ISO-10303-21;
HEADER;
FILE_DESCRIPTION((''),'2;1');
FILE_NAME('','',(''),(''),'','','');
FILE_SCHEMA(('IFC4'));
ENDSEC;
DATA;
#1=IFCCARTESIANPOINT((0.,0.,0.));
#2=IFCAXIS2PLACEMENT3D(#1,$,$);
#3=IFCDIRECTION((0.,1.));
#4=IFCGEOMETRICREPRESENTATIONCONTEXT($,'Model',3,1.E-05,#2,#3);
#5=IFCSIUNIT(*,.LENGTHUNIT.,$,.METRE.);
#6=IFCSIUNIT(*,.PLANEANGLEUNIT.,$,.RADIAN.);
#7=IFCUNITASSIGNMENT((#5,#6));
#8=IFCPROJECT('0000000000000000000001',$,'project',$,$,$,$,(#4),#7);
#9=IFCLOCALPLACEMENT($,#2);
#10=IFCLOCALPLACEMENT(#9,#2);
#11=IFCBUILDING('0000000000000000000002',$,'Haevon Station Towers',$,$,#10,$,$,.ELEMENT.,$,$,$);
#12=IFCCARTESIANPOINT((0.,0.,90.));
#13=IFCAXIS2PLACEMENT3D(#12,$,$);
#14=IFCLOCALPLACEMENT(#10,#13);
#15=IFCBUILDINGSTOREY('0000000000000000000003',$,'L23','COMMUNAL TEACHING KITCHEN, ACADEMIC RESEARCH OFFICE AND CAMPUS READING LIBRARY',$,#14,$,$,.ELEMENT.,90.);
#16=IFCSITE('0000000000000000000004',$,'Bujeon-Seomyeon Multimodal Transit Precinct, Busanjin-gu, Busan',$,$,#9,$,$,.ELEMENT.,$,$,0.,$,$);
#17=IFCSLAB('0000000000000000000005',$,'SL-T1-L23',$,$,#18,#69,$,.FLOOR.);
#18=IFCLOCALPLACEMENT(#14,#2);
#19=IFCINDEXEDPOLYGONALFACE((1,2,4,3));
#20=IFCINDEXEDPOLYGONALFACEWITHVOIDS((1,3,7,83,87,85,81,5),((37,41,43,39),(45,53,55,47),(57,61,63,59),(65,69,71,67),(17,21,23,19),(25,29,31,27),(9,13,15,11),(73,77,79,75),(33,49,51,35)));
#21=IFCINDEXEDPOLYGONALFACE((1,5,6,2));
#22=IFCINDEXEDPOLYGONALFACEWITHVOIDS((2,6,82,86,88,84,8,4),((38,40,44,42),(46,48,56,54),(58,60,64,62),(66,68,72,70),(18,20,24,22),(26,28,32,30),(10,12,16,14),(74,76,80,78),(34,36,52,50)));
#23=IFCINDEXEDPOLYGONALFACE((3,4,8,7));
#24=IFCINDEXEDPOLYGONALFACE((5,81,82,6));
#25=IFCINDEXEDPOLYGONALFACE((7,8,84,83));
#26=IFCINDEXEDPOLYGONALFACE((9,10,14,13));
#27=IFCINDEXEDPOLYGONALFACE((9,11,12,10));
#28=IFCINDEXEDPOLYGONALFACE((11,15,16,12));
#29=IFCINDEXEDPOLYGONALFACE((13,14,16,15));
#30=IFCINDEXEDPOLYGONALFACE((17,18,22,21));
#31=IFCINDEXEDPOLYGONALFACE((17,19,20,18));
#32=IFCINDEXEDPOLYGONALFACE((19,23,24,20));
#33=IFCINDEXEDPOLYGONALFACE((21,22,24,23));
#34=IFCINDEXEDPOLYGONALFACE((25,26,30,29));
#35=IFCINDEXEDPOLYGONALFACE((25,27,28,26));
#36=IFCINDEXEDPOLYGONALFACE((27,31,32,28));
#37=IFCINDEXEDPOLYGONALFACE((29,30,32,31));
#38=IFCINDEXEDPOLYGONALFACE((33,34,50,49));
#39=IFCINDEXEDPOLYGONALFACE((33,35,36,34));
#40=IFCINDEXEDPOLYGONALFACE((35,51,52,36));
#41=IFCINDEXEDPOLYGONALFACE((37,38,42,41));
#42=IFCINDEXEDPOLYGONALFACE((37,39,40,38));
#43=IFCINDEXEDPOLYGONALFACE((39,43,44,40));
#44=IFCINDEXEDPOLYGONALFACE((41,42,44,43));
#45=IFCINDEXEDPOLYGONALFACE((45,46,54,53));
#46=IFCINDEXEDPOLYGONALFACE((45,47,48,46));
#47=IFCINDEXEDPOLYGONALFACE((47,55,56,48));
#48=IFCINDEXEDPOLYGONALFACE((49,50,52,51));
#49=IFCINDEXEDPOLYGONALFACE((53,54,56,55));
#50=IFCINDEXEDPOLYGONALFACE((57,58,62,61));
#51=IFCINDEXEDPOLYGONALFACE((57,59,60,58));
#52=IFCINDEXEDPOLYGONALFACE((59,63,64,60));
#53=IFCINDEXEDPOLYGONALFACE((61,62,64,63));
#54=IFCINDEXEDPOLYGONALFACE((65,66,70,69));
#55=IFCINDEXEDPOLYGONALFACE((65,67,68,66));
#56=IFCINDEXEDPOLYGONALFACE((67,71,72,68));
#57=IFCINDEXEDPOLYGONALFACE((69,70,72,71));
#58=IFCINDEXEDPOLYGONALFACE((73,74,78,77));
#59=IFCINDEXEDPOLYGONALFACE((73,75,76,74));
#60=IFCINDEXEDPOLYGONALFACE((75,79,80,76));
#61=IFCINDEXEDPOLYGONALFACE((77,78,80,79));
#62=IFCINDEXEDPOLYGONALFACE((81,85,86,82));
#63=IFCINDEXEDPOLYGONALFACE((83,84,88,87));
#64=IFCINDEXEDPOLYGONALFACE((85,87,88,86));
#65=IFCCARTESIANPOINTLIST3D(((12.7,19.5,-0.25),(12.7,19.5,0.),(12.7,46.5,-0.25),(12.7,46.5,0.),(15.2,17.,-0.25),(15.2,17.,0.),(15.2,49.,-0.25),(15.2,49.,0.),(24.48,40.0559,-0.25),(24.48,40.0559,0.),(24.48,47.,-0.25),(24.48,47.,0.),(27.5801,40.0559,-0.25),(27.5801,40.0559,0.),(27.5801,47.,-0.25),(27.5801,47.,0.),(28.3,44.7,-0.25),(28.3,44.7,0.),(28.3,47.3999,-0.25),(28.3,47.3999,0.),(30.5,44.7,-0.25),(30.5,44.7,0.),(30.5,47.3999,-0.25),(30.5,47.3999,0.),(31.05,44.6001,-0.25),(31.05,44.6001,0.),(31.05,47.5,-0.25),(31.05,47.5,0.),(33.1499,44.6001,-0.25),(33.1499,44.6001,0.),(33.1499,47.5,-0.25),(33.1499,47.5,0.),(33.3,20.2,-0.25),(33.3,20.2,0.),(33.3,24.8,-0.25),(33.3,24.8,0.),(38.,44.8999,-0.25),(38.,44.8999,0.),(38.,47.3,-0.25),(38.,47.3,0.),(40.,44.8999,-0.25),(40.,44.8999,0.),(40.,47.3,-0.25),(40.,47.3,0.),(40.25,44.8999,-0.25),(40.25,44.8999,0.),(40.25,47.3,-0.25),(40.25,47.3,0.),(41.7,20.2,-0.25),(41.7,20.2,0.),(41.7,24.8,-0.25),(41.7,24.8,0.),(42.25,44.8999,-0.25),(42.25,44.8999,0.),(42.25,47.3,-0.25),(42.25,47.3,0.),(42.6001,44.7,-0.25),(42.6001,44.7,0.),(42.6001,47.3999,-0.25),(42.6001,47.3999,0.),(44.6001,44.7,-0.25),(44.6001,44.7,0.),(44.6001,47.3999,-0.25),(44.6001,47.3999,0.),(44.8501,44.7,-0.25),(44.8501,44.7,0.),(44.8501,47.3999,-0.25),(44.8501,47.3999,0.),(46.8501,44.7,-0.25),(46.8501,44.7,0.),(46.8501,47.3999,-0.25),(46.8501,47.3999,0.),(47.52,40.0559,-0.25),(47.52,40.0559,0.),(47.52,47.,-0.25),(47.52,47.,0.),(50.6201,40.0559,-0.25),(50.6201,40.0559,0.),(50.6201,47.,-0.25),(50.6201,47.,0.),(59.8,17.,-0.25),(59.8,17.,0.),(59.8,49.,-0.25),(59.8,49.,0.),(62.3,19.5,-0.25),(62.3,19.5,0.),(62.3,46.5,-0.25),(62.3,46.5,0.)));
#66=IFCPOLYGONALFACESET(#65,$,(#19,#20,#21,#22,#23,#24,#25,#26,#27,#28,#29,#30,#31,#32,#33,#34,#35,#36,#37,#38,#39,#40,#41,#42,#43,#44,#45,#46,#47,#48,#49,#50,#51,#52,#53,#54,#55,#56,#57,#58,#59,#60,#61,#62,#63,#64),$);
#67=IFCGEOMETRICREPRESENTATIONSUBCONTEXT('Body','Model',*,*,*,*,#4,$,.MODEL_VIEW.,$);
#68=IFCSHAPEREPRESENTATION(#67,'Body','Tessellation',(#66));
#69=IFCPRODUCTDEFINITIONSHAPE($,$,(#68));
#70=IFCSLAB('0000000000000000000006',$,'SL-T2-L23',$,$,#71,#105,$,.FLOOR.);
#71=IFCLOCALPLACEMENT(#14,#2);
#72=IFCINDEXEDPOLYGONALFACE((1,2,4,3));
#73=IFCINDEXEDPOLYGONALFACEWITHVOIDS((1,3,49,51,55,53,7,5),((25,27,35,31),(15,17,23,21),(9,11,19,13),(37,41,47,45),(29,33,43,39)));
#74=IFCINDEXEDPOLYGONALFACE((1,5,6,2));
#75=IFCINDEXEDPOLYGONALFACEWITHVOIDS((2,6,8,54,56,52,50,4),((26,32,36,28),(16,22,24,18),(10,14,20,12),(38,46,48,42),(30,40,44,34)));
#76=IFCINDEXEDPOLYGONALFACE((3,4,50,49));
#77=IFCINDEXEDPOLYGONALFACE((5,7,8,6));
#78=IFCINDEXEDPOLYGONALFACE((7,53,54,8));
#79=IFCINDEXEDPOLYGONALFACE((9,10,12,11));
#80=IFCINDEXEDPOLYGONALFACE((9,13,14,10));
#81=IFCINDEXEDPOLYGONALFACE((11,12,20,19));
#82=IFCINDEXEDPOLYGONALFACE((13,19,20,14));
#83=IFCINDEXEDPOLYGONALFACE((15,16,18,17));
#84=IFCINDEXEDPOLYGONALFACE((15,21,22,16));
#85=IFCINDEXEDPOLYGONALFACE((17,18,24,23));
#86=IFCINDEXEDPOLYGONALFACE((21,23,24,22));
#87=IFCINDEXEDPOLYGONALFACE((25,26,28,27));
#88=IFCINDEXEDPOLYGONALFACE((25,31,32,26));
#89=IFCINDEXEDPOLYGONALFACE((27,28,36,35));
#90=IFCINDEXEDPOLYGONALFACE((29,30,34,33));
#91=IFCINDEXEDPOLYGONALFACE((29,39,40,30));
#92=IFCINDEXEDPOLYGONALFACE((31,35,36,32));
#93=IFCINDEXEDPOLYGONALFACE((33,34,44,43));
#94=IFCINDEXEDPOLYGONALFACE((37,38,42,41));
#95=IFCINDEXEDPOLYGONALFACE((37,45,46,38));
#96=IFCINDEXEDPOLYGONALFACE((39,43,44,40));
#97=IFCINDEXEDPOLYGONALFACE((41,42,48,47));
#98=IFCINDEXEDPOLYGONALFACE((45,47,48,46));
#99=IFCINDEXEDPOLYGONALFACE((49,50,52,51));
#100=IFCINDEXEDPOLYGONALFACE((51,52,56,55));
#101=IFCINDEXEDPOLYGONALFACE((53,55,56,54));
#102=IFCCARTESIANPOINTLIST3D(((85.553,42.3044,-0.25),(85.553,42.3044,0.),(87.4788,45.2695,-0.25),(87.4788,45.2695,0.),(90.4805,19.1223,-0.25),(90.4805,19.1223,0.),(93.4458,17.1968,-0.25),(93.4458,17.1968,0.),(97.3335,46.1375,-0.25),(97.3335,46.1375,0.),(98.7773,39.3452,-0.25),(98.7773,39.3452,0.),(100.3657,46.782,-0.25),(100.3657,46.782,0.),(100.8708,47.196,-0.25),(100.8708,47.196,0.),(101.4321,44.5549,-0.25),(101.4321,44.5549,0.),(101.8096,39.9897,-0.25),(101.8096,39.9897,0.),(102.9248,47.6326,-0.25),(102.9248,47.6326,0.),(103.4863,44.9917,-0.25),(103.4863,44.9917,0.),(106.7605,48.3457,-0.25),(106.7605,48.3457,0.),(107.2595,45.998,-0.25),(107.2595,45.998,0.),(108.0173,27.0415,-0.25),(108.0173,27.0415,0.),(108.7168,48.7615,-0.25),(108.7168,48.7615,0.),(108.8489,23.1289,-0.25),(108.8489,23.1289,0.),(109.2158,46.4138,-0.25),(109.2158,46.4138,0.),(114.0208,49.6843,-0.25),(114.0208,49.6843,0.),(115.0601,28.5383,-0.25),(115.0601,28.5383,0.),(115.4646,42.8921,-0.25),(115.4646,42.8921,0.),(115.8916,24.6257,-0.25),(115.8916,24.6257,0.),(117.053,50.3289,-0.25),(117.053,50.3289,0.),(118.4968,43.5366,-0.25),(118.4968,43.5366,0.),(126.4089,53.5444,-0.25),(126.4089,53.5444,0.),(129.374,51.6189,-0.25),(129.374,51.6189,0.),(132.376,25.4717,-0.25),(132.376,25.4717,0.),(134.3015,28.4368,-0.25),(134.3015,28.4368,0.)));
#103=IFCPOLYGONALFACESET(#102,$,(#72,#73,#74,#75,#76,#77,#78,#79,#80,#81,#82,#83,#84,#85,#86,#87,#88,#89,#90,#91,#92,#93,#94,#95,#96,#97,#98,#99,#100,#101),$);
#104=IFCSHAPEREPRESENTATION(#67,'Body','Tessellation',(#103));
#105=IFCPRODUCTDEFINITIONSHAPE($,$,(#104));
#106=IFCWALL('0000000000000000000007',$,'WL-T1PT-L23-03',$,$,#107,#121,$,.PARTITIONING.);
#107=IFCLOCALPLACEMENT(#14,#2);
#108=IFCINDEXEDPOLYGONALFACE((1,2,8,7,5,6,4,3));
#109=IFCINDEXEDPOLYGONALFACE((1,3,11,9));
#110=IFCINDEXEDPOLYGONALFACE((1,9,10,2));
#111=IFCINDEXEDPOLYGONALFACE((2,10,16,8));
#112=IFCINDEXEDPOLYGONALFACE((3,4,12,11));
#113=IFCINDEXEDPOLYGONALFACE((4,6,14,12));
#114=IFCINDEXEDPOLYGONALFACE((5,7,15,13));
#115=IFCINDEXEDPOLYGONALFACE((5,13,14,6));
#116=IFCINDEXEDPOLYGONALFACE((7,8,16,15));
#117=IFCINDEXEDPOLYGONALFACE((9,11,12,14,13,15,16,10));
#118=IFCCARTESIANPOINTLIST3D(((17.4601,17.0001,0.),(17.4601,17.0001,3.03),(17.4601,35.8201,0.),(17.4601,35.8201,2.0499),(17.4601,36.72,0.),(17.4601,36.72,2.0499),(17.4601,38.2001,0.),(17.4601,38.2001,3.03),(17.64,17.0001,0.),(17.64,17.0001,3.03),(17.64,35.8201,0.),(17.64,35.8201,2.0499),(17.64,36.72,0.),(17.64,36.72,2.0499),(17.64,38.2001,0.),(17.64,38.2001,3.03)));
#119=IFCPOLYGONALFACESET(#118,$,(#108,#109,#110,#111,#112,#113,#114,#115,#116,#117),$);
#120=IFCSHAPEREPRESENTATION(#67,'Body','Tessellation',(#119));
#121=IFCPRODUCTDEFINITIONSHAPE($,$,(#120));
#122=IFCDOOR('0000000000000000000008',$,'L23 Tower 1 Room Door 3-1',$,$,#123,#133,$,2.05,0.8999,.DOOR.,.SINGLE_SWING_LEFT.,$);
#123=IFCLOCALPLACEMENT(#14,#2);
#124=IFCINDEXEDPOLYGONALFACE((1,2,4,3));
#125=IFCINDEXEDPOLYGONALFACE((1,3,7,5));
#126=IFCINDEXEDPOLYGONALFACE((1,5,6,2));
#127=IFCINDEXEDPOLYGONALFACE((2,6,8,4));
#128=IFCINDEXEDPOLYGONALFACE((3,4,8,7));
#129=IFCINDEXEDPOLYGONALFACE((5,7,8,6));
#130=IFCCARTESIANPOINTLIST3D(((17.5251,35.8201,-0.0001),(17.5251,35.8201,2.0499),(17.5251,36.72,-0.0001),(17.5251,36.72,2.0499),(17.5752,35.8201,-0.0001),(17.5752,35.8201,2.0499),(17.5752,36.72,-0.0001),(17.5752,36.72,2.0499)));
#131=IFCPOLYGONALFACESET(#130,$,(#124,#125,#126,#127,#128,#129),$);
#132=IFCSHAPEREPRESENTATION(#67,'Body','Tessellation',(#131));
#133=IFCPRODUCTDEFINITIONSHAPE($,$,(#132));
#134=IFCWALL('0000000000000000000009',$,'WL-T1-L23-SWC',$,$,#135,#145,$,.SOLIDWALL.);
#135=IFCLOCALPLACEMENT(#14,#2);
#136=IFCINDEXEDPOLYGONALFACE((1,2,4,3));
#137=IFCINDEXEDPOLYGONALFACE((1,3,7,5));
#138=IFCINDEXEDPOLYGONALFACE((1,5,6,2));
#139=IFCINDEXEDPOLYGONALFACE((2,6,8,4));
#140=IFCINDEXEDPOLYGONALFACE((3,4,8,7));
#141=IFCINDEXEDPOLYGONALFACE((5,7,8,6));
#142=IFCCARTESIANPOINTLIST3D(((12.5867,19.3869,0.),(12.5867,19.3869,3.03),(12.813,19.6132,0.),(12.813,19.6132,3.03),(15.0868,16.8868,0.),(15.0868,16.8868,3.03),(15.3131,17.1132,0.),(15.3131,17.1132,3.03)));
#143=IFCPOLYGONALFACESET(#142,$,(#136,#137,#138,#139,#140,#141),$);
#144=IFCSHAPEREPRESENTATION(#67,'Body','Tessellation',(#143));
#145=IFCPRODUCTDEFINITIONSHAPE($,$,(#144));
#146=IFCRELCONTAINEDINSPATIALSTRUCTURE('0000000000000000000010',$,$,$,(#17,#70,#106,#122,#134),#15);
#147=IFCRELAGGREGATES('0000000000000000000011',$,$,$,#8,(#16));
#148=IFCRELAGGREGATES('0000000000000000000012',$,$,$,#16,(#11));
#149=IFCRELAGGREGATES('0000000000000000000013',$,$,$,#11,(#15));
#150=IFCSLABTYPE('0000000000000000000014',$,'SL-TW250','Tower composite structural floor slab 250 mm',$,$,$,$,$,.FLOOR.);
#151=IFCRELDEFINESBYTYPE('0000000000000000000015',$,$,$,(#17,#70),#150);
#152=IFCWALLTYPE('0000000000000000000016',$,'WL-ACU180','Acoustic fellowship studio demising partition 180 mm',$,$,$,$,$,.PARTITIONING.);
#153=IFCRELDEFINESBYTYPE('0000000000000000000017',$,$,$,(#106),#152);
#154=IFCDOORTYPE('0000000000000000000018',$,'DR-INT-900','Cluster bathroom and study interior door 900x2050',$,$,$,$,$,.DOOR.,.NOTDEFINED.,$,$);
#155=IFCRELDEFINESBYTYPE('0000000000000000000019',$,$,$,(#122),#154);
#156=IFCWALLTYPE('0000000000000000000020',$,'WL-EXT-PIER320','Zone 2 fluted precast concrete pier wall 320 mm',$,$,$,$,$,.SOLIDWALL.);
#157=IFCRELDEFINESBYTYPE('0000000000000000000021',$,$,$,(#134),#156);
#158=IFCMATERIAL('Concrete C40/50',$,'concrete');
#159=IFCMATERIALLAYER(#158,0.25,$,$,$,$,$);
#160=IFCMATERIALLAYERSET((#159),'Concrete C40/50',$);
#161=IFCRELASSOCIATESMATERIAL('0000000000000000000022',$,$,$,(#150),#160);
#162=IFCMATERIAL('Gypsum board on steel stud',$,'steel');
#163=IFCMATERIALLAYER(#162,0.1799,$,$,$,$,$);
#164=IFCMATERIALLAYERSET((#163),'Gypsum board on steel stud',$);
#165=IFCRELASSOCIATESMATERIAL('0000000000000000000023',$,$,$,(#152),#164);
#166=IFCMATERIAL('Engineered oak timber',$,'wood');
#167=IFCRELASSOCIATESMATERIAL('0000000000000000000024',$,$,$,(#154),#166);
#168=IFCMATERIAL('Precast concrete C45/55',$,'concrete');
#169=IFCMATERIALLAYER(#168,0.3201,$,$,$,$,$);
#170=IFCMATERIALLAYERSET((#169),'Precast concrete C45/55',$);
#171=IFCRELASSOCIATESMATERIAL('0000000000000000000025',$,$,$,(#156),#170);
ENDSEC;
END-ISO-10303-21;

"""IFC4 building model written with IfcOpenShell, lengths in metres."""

from ifc_helpers import new_model, si_unit, direction, frame, frame_2d, origin, place, context, subcontext, project, spatial, polyline, rectangle, outline, extrude, material, layer, layer_set, type_object, element, fill, save


model = new_model("IFC4")

# Units and contexts
model_context = context("Model", 3, precision=1e-05, world=origin(), true_north=direction((0.0, 1.0)))
body_context = subcontext(model_context, "Body", "Model", "MODEL_VIEW")
ifc_project = project(units=[si_unit("LENGTHUNIT", "METRE"), si_unit("PLANEANGLEUNIT", "RADIAN")], contexts=[model_context])

# Site, building, storey
site_placement = place(None, origin())
site = spatial("IfcSite", under=ifc_project, at=site_placement, Name="Bujeon-Seomyeon Multimodal Transit Precinct, Busanjin-gu, Busan", CompositionType="ELEMENT", RefElevation=0.0)
building_placement = place(site_placement, origin())
building = spatial("IfcBuilding", under=site, at=building_placement, Name="Haevon Station Towers", CompositionType="ELEMENT")
storey_placement = place(building_placement, frame((0.0, 0.0, 90.0)))
storey = spatial("IfcBuildingStorey", under=building, at=storey_placement, Name="L23", Description="COMMUNAL TEACHING KITCHEN, ACADEMIC RESEARCH OFFICE AND CAMPUS READING LIBRARY", CompositionType="ELEMENT", Elevation=90.0)

# Shared definitions
ifc_material_1 = material(Name="Concrete C40/50", Category="concrete")

# Slabs
ifc_layer_1 = layer(ifc_material_1, 0.25)
ifc_layer_set_1 = layer_set([ifc_layer_1], Name="Concrete C40/50")
slab_type_1 = type_object("IfcSlabType", Name="SL-TW250", Description="Tower composite structural floor slab 250 mm", PredefinedType="FLOOR", material=ifc_layer_set_1)
slab_1_placement = place(storey_placement, frame((0.0, 0.0, -0.25)))
element("IfcSlab", 1, at=slab_1_placement, inside=storey, type_object=slab_type_1, Name="SL-T1-L23", PredefinedType="FLOOR", context=body_context, shape_type="SweptSolid", body=[
    extrude(outline(polyline([(15.2, 17.0), (59.8, 17.0), (62.3, 19.5), (62.3, 46.5), (59.8, 49.0), (15.2, 49.0), (12.7, 46.5), (12.7, 19.5), (15.2, 17.0)]), holes=[polyline([(27.5801, 40.0559), (27.5801, 47.0), (24.48, 47.0), (24.48, 40.0559), (27.5801, 40.0559)]), polyline([(50.6201, 40.0559), (50.6201, 47.0), (47.52, 47.0), (47.52, 40.0559), (50.6201, 40.0559)]), polyline([(28.3, 44.7), (30.5, 44.7), (30.5, 47.3999), (28.3, 47.3999), (28.3, 44.7)]), polyline([(31.05, 44.6001), (33.1499, 44.6001), (33.1499, 47.5), (31.05, 47.5), (31.05, 44.6001)]), polyline([(38.0, 44.8999), (40.0, 44.8999), (40.0, 47.3), (38.0, 47.3), (38.0, 44.8999)]), polyline([(40.25, 44.8999), (42.25, 44.8999), (42.25, 47.3), (40.25, 47.3), (40.25, 44.8999)]), polyline([(42.6001, 44.7), (44.6001, 44.7), (44.6001, 47.3999), (42.6001, 47.3999), (42.6001, 44.7)]), polyline([(44.8501, 44.7), (46.8501, 44.7), (46.8501, 47.3999), (44.8501, 47.3999), (44.8501, 44.7)]), polyline([(33.3, 20.2), (41.7, 20.2), (41.7, 24.8), (33.3, 24.8), (33.3, 20.2)])]), origin(), (0.0, 0.0, 1.0), 0.25),
])
slab_2_placement = place(storey_placement, frame((0.0, 0.0, -0.25)))
element("IfcSlab", 2, at=slab_2_placement, inside=storey, type_object=slab_type_1, Name="SL-T2-L23", PredefinedType="FLOOR", context=body_context, shape_type="SweptSolid", body=[
    extrude(outline(polyline([(93.4458, 17.1968), (132.376, 25.4717), (134.3015, 28.4368), (129.374, 51.6189), (126.4089, 53.5444), (87.4788, 45.2695), (85.553, 42.3044), (90.4805, 19.1223), (93.4458, 17.1968)]), holes=[polyline([(101.8096, 39.9897), (100.3657, 46.782), (97.3335, 46.1375), (98.7773, 39.3452), (101.8096, 39.9897)]), polyline([(118.4968, 43.5366), (117.053, 50.3289), (114.0208, 49.6843), (115.4646, 42.8921), (118.4968, 43.5366)]), polyline([(101.4321, 44.5549), (103.4863, 44.9917), (102.9248, 47.6326), (100.8708, 47.196), (101.4321, 44.5549)]), polyline([(107.2595, 45.998), (109.2158, 46.4138), (108.7168, 48.7615), (106.7605, 48.3457), (107.2595, 45.998)]), polyline([(108.8489, 23.1289), (115.8916, 24.6257), (115.0601, 28.5383), (108.0173, 27.0415), (108.8489, 23.1289)])]), origin(), (0.0, 0.0, 1.0), 0.25),
])

# Wall, opening, door
ifc_material_2 = material(Name="Gypsum board on steel stud", Category="steel")
ifc_layer_2 = layer(ifc_material_2, 0.1799)
ifc_layer_set_2 = layer_set([ifc_layer_2], Name="Gypsum board on steel stud")
wall_type_1 = type_object("IfcWallType", Name="WL-ACU180", Description="Acoustic fellowship studio demising partition 180 mm", PredefinedType="PARTITIONING", material=ifc_layer_set_2)
wall_1_placement = place(storey_placement, frame((17.55, 17.0, 0.0), z_axis=(0.0, 0.0, 1.0), x_axis=(0.0, 1.0, 0.0)))
wall_1 = element("IfcWall", 3, at=wall_1_placement, inside=storey, type_object=wall_type_1, Name="WL-T1PT-L23-03", PredefinedType="PARTITIONING", context=body_context, shape_type="SweptSolid", body=[
    extrude(rectangle(XDim=21.2, YDim=0.1799, at=frame_2d((10.6001, 0.0))), origin(), (0.0, 0.0, 1.0), 3.03),
])
opening_1_placement = place(wall_1_placement, frame((18.8201, 0.0, 0.0)))
opening_1 = element("IfcOpeningElement", 4, at=opening_1_placement, cuts=wall_1, PredefinedType="OPENING", context=body_context, shape_type="SweptSolid", body=[
    extrude(rectangle(XDim=0.8999, YDim=2.05, at=frame_2d((0.45, 1.0249))), frame((0.0, 0.0999, 0.0), z_axis=(0.0, -1.0, 0.0), x_axis=(1.0, 0.0, 0.0)), (0.0, 0.0, 1.0), 0.2),
])
ifc_material_3 = material(Name="Engineered oak timber", Category="wood")
door_type_1 = type_object("IfcDoorType", Name="DR-INT-900", Description="Cluster bathroom and study interior door 900x2050", OperationType="NOTDEFINED", PredefinedType="DOOR", material=ifc_material_3)
door_1_placement = place(opening_1_placement, origin())
door_1 = element("IfcDoor", 5, at=door_1_placement, inside=storey, type_object=door_type_1, Name="L23 Tower 1 Room Door 3-1", OperationType="SINGLE_SWING_LEFT", OverallHeight=2.05, OverallWidth=0.8999, PredefinedType="DOOR", context=body_context, shape_type="SweptSolid", body=[
    extrude(rectangle(XDim=0.8999, YDim=2.05, at=frame_2d((0.45, 1.0249))), frame((0.0, 0.0249, 0.0), z_axis=(0.0, -1.0, 0.0), x_axis=(1.0, 0.0, 0.0)), (0.0, 0.0, 1.0), 0.05),
])
fill(opening_1, door_1)

# Wall
ifc_material_4 = material(Name="Precast concrete C45/55", Category="concrete")
ifc_layer_3 = layer(ifc_material_4, 0.3201)
ifc_layer_set_3 = layer_set([ifc_layer_3], Name="Precast concrete C45/55")
wall_type_2 = type_object("IfcWallType", Name="WL-EXT-PIER320", Description="Zone 2 fluted precast concrete pier wall 320 mm", PredefinedType="SOLIDWALL", material=ifc_layer_set_3)
wall_2_placement = place(storey_placement, frame((15.2, 17.0, 0.0), z_axis=(0.0, 0.0, 1.0), x_axis=(-0.707107, 0.707107, 0.0)))
element("IfcWall", 6, at=wall_2_placement, inside=storey, type_object=wall_type_2, Name="WL-T1-L23-SWC", PredefinedType="SOLIDWALL", context=body_context, shape_type="SweptSolid", body=[
    extrude(rectangle(XDim=3.5356, YDim=0.3201, at=frame_2d((1.7678, 0.0))), origin(), (0.0, 0.0, 1.0), 3.03),
])

save(model, "model.ifc")
